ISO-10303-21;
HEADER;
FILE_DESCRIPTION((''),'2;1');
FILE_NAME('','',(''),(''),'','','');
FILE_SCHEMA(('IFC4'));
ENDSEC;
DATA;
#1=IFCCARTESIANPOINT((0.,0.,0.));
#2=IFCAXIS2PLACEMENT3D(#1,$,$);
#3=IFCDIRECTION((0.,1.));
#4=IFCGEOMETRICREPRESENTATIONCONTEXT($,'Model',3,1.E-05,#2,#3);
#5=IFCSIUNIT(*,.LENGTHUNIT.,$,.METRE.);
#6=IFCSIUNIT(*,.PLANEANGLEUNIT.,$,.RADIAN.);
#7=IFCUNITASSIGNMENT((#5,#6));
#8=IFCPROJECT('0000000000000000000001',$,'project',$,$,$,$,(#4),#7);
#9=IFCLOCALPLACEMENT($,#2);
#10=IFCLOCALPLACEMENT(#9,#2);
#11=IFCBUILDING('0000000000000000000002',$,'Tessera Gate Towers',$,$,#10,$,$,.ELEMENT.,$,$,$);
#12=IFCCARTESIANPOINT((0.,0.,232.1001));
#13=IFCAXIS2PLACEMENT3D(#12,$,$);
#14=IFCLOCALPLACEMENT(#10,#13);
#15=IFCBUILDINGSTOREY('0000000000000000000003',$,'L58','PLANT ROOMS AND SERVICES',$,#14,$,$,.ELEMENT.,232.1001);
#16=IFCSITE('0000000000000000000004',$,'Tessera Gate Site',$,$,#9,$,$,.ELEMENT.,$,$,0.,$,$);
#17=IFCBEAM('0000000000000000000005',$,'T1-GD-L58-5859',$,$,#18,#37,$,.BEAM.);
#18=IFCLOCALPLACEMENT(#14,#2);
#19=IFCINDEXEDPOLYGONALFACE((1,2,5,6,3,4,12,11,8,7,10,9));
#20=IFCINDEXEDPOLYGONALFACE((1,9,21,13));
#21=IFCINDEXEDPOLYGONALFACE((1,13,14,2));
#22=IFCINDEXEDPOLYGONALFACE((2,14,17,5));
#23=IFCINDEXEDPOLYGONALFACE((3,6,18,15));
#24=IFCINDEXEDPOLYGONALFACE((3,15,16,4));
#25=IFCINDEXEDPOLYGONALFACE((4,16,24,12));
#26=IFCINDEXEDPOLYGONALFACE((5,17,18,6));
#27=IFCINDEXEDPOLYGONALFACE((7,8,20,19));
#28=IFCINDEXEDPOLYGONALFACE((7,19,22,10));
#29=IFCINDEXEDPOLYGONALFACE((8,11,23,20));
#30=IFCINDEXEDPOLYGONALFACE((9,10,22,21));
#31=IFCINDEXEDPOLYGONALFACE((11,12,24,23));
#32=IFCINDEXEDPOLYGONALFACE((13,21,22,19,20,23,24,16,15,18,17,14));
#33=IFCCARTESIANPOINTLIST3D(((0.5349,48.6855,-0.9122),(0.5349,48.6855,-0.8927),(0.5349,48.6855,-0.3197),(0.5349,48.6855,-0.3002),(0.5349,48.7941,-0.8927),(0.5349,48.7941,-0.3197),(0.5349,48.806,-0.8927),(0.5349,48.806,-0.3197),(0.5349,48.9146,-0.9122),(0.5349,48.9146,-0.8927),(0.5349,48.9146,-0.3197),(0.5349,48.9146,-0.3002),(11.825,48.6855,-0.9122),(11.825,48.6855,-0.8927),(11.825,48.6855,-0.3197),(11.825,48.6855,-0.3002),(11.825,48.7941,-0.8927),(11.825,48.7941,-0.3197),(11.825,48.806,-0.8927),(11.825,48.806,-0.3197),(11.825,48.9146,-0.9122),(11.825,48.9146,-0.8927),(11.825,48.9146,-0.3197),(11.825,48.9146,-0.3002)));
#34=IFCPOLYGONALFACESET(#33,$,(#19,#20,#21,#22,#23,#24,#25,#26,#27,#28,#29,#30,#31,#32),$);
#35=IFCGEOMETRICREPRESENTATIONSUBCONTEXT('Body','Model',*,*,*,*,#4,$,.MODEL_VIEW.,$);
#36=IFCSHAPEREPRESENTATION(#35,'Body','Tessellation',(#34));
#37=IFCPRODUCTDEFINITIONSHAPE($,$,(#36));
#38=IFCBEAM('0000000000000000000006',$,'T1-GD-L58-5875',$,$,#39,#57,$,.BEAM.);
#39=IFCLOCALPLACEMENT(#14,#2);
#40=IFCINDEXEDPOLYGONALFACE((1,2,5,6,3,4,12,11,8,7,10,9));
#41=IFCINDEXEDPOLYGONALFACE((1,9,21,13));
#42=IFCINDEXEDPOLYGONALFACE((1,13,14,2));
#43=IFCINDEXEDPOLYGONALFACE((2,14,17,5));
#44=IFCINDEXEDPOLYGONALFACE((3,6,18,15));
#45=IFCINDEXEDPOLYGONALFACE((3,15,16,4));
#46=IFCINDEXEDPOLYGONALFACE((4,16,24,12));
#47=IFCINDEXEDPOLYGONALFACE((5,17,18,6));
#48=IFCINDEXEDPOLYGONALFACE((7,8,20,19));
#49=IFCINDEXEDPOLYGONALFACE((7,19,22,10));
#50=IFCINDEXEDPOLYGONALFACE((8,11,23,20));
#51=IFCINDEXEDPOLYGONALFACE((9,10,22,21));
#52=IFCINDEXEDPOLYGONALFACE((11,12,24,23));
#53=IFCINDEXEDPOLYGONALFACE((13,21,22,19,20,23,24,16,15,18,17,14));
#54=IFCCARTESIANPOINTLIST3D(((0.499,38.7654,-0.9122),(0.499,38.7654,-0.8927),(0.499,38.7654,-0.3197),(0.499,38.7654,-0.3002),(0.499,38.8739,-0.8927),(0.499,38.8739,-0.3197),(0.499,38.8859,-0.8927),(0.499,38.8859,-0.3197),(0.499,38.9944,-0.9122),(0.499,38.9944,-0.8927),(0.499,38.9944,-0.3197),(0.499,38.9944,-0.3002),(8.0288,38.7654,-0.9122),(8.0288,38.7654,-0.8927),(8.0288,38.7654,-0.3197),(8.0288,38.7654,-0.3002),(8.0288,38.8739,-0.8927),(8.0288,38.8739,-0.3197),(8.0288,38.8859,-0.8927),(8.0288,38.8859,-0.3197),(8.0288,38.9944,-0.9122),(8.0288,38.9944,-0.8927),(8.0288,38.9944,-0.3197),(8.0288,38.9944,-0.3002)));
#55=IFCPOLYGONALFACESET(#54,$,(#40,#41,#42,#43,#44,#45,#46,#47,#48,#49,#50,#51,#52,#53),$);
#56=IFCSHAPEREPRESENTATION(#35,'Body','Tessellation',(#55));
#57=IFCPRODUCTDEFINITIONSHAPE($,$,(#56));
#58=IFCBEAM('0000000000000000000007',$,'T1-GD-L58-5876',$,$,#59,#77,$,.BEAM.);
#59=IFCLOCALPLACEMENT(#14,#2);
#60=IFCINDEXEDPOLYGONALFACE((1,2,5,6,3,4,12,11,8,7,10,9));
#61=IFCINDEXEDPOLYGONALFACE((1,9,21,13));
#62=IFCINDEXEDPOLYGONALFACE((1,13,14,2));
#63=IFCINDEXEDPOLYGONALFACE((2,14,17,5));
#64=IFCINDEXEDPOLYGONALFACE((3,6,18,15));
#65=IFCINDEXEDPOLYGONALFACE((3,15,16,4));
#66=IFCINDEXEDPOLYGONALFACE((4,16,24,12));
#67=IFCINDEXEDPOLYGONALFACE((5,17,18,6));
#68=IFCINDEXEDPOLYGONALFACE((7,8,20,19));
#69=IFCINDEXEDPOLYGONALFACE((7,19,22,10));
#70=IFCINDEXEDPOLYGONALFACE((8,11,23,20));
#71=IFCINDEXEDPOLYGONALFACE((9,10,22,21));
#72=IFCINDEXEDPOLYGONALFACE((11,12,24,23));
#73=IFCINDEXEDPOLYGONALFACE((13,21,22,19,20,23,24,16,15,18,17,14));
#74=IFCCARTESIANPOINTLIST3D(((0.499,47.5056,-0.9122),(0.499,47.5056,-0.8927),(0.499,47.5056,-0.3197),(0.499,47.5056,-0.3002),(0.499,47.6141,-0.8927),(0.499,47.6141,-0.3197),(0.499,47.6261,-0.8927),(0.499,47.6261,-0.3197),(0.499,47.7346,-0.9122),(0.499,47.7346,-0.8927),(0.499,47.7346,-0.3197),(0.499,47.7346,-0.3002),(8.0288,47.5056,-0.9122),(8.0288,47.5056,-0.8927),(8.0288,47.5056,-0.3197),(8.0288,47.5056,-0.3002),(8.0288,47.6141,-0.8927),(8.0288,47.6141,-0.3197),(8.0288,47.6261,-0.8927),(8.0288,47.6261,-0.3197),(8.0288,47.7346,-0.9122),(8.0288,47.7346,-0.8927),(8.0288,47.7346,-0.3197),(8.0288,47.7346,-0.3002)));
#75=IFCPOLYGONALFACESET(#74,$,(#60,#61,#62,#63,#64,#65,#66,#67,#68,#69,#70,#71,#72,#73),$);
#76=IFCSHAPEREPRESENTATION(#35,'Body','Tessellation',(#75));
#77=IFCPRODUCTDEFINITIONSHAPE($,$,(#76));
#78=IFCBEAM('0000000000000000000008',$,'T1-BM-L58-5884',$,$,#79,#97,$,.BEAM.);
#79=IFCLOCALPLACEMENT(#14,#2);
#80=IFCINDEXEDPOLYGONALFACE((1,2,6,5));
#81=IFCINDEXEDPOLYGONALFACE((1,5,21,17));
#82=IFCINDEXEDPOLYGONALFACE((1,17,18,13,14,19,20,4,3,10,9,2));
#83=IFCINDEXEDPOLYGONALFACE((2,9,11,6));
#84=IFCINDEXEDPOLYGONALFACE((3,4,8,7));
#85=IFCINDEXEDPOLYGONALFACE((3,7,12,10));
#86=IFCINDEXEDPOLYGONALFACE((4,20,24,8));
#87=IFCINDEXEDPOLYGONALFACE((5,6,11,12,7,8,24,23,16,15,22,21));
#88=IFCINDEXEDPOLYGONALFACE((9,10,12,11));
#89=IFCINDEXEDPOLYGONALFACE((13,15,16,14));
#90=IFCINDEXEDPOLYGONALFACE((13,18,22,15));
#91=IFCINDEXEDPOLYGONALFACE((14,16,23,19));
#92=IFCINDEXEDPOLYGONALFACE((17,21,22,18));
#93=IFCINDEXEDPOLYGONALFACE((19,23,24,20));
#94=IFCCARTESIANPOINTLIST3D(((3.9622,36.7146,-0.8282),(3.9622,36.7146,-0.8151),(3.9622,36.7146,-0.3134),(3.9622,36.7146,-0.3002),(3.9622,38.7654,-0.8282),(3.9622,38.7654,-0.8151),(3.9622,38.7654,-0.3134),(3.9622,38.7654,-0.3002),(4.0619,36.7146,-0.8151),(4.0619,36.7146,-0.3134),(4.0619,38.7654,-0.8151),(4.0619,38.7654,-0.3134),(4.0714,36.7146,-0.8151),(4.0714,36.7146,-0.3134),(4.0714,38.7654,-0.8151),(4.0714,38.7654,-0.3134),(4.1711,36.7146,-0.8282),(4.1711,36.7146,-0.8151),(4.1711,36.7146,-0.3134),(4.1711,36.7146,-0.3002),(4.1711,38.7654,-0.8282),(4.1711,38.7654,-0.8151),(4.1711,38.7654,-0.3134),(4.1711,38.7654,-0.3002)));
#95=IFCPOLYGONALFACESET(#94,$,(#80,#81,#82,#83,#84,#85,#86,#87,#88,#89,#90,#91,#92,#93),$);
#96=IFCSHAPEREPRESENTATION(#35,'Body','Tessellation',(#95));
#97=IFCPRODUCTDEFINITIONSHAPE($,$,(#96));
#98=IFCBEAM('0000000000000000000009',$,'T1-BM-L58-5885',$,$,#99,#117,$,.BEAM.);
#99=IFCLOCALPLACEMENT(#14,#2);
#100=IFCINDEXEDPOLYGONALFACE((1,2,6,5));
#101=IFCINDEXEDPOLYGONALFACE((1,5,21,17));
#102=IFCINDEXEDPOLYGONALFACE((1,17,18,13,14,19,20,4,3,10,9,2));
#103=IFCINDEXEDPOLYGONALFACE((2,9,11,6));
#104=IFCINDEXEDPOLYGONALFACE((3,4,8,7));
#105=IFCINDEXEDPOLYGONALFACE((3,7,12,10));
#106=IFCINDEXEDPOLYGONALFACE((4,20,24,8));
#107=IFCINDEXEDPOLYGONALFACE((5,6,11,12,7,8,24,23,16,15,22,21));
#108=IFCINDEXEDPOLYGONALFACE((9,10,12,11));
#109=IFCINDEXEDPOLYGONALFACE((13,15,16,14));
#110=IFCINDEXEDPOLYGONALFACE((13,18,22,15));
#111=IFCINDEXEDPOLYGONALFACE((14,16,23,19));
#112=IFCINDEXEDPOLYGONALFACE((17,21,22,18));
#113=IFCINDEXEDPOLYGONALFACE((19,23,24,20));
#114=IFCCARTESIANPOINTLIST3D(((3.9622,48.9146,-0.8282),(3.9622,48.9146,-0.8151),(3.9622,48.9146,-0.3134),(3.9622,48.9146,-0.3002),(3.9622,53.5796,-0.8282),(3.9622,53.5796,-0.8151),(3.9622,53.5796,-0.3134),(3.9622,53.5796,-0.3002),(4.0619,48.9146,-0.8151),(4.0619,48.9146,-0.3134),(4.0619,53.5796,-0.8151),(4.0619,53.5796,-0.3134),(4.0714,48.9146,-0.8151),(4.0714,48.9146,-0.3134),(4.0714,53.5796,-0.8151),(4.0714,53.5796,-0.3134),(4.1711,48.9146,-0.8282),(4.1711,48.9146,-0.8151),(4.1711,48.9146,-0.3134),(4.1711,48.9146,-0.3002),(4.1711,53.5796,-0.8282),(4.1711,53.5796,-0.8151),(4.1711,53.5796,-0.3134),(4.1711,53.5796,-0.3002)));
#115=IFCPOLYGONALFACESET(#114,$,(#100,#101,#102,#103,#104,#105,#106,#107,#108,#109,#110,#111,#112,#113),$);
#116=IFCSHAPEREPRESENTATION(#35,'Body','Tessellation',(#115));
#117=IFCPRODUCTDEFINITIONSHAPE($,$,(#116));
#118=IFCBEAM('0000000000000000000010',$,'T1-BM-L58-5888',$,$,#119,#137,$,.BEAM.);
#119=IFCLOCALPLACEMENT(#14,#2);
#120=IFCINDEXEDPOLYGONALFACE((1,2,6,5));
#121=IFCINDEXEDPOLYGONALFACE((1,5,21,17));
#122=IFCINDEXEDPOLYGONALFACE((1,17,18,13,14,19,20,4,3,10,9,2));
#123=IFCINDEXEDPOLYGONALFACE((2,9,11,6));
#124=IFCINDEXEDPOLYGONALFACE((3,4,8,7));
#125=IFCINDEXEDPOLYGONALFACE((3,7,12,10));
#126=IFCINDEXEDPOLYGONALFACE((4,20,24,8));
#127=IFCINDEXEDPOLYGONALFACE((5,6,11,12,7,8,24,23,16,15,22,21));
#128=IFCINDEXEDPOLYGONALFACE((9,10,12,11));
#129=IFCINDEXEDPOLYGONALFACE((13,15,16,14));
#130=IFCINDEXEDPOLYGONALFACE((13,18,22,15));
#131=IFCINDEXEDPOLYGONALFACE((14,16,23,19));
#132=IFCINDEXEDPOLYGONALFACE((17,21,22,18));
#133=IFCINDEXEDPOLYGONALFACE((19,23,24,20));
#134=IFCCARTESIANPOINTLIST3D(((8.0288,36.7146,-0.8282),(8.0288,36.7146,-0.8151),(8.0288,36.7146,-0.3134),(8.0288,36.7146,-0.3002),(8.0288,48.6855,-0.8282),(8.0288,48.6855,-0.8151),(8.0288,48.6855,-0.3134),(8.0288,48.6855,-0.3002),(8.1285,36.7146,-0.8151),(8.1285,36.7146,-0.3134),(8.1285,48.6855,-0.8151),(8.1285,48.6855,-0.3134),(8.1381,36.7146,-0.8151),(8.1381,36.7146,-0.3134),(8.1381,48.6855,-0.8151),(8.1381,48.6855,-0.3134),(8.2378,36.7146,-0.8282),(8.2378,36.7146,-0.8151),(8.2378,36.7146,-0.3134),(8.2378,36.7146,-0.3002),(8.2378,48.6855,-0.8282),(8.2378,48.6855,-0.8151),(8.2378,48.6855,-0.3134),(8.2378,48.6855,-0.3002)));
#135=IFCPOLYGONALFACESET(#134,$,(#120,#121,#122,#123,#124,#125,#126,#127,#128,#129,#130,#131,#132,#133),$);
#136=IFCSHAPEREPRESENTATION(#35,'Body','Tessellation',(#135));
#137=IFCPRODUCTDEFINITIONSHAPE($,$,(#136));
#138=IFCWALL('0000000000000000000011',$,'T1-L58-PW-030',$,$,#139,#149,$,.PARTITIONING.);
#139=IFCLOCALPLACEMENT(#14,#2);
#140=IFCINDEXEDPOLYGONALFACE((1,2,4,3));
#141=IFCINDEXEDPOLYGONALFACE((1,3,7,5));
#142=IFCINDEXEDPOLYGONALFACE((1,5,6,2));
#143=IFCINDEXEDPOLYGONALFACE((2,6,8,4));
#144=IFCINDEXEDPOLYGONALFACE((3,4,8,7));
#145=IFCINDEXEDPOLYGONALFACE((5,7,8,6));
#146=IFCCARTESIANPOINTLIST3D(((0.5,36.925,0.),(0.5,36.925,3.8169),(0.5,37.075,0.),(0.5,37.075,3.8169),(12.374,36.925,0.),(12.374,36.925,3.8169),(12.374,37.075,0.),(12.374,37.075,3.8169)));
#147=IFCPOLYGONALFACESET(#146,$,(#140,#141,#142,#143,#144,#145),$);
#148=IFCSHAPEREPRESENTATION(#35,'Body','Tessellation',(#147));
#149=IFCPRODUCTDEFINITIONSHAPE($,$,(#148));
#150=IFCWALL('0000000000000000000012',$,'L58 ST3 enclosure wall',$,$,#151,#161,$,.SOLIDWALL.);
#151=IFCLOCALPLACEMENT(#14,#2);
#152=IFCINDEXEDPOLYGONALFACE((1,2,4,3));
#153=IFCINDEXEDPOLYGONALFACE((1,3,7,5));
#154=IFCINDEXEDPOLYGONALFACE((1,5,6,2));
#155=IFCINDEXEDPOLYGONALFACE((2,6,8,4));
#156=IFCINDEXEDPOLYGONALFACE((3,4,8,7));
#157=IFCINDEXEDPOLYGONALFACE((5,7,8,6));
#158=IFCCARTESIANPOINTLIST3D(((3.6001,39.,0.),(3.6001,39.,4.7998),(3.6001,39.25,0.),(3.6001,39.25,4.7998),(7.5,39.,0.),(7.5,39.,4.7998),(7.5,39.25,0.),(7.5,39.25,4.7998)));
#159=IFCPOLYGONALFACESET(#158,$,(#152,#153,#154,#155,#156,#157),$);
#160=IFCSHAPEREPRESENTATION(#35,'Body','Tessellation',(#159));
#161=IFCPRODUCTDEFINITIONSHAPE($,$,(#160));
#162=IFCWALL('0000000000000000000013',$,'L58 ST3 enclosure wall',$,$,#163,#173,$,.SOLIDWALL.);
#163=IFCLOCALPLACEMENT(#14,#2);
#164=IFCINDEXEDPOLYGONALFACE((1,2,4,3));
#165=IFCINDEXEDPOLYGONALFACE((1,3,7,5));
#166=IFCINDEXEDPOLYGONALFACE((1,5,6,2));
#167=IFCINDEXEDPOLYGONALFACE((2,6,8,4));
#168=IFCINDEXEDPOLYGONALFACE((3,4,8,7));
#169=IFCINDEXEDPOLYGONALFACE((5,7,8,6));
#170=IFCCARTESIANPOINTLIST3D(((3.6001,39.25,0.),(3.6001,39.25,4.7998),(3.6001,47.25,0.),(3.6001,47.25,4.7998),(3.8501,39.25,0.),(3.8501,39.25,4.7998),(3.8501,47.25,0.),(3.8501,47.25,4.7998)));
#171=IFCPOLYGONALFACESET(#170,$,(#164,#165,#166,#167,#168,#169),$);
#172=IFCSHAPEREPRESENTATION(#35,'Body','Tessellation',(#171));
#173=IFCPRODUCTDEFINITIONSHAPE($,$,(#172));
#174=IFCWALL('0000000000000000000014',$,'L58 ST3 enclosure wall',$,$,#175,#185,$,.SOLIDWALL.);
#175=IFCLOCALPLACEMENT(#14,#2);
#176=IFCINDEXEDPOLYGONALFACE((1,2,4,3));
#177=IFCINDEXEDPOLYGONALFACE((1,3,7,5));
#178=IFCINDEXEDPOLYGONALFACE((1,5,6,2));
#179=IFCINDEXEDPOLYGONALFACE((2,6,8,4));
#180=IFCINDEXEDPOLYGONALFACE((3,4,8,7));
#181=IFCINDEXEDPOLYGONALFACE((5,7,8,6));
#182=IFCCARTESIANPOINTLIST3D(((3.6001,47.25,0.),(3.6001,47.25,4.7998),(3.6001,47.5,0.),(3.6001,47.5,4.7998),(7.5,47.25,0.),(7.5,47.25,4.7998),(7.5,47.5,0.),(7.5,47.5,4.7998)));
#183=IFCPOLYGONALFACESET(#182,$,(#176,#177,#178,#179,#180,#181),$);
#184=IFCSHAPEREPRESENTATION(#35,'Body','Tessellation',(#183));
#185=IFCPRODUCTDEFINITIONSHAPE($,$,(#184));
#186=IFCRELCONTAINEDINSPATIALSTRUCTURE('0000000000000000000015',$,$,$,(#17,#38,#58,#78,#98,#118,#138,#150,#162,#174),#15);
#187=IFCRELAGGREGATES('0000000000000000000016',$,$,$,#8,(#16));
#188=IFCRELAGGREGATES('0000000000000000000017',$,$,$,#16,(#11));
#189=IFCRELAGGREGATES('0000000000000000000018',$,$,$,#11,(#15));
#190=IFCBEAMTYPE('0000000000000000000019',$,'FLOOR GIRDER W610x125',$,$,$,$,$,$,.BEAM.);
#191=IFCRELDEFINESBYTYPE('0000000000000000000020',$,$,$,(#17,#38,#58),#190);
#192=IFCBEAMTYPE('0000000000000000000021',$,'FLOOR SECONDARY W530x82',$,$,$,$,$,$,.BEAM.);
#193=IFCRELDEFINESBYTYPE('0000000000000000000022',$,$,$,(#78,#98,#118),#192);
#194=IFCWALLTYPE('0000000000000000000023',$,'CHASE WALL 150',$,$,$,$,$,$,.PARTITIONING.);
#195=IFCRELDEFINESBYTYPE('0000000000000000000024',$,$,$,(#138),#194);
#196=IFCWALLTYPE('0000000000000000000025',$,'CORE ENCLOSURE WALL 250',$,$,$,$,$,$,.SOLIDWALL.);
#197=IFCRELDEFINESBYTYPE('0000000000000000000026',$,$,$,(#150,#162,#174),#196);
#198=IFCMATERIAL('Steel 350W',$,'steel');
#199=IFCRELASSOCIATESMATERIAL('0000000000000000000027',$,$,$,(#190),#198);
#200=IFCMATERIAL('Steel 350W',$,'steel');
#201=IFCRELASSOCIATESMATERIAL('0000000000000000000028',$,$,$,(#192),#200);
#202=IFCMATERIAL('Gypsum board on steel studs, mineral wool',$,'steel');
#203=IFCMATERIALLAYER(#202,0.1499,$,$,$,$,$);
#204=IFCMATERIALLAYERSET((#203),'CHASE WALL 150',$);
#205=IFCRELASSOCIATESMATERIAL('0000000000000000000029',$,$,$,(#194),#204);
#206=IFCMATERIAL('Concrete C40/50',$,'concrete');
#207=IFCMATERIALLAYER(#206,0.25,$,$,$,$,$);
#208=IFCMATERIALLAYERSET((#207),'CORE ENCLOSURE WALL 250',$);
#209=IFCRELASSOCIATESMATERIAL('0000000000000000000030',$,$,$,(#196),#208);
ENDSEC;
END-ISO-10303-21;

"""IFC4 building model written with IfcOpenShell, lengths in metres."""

from ifc_helpers import new_model, si_unit, direction, frame, frame_2d, origin, origin_2d, place, context, subcontext, project, spatial, rectangle, i_section, extrude, material, layer, layer_set, material_profile, profile_set, type_object, element, save


model = new_model("IFC4")

# Units and contexts
model_context = context("Model", 3, precision=1e-05, world=origin(), true_north=direction((0.0, 1.0)))
body_context = subcontext(model_context, "Body", "Model", "MODEL_VIEW")
ifc_project = project(units=[si_unit("LENGTHUNIT", "METRE"), si_unit("PLANEANGLEUNIT", "RADIAN")], contexts=[model_context])

# Site, building, storey
site_placement = place(None, origin())
site = spatial("IfcSite", under=ifc_project, at=site_placement, Name="Tessera Gate Site", CompositionType="ELEMENT", RefElevation=0.0)
building_placement = place(site_placement, origin())
building = spatial("IfcBuilding", under=site, at=building_placement, Name="Tessera Gate Towers", CompositionType="ELEMENT")
storey_placement = place(building_placement, frame((0.0, 0.0, 232.1001)))
storey = spatial("IfcBuildingStorey", under=building, at=storey_placement, Name="L58", Description="PLANT ROOMS AND SERVICES", CompositionType="ELEMENT", Elevation=232.1001)

# Beams
ifc_material_1 = material(Name="Steel 350W", Category="steel")
ifc_material_profile_1 = material_profile(ifc_material_1, i_section(OverallWidth=0.229, OverallDepth=0.6121, WebThickness=0.012, FlangeThickness=0.0195, at=origin_2d()), Name="W610x125")
ifc_profile_set_1 = profile_set([ifc_material_profile_1], Name="Steel 350W")
beam_type_1 = type_object("IfcBeamType", Name="FLOOR GIRDER W610x125", PredefinedType="BEAM", material=ifc_profile_set_1)
beam_1_placement = place(storey_placement, frame((0.5349, 48.8, -0.6062), z_axis=(1.0, 0.0, 0.0), x_axis=(0.0, 1.0, 0.0)))
element("IfcBeam", 1, at=beam_1_placement, inside=storey, type_object=beam_type_1, Name="T1-GD-L58-5859", PredefinedType="BEAM", context=body_context, shape_type="SweptSolid", body=[
    extrude(i_section(OverallWidth=0.229, OverallDepth=0.6121, WebThickness=0.012, FlangeThickness=0.0195, at=origin_2d()), origin(), (0.0, 0.0, 1.0), 11.29),
])
for number, where, z_axis, x_axis, name in (
    (2, (0.499, 38.8799, -0.6062), (1.0, 0.0, 0.0), (0.0, 1.0, 0.0), "T1-GD-L58-5875"),
    (3, (0.499, 47.6201, -0.6062), (1.0, 0.0, 0.0), (0.0, 1.0, 0.0), "T1-GD-L58-5876"),
):
    element("IfcBeam", number, at=place(storey_placement, frame(where, z_axis=z_axis, x_axis=x_axis)), inside=storey, type_object=beam_type_1, Name=name, PredefinedType="BEAM", context=body_context, shape_type="SweptSolid", body=[
        extrude(i_section(OverallWidth=0.229, OverallDepth=0.6121, WebThickness=0.012, FlangeThickness=0.0195, at=origin_2d()), origin(), (0.0, 0.0, 1.0), 7.5298),
    ])
ifc_material_2 = material(Name="Steel 350W", Category="steel")
ifc_material_profile_2 = material_profile(ifc_material_2, i_section(OverallWidth=0.209, OverallDepth=0.5281, WebThickness=0.0095, FlangeThickness=0.0132, at=origin_2d()), Name="W530x82")
ifc_profile_set_2 = profile_set([ifc_material_profile_2], Name="Steel 350W")
beam_type_2 = type_object("IfcBeamType", Name="FLOOR SECONDARY W530x82", PredefinedType="BEAM", material=ifc_profile_set_2)
beam_2_placement = place(storey_placement, frame((4.0667, 36.7146, -0.5642), z_axis=(0.0, 1.0, 0.0), x_axis=(-1.0, 0.0, 0.0)))
element("IfcBeam", 4, at=beam_2_placement, inside=storey, type_object=beam_type_2, Name="T1-BM-L58-5884", PredefinedType="BEAM", context=body_context, shape_type="SweptSolid", body=[
    extrude(i_section(OverallWidth=0.209, OverallDepth=0.5281, WebThickness=0.0095, FlangeThickness=0.0132, at=origin_2d()), origin(), (0.0, 0.0, 1.0), 2.0508),
])
beam_3_placement = place(storey_placement, frame((4.0667, 48.9146, -0.5642), z_axis=(0.0, 1.0, 0.0), x_axis=(-1.0, 0.0, 0.0)))
element("IfcBeam", 5, at=beam_3_placement, inside=storey, type_object=beam_type_2, Name="T1-BM-L58-5885", PredefinedType="BEAM", context=body_context, shape_type="SweptSolid", body=[
    extrude(i_section(OverallWidth=0.209, OverallDepth=0.5281, WebThickness=0.0095, FlangeThickness=0.0132, at=origin_2d()), origin(), (0.0, 0.0, 1.0), 4.665),
])
beam_4_placement = place(storey_placement, frame((8.1333, 36.7146, -0.5642), z_axis=(0.0, 1.0, 0.0), x_axis=(-1.0, 0.0, 0.0)))
element("IfcBeam", 6, at=beam_4_placement, inside=storey, type_object=beam_type_2, Name="T1-BM-L58-5888", PredefinedType="BEAM", context=body_context, shape_type="SweptSolid", body=[
    extrude(i_section(OverallWidth=0.209, OverallDepth=0.5281, WebThickness=0.0095, FlangeThickness=0.0132, at=origin_2d()), origin(), (0.0, 0.0, 1.0), 11.9709),
])

# Walls
ifc_material_3 = material(Name="Gypsum board on steel studs, mineral wool", Category="steel")
ifc_layer_1 = layer(ifc_material_3, 0.1499)
ifc_layer_set_1 = layer_set([ifc_layer_1], Name="CHASE WALL 150")
wall_type_1 = type_object("IfcWallType", Name="CHASE WALL 150", PredefinedType="PARTITIONING", material=ifc_layer_set_1)
wall_1_placement = place(storey_placement, frame((0.5, 37.0, 0.0), z_axis=(0.0, 0.0, 1.0), x_axis=(1.0, 0.0, 0.0)))
element("IfcWall", 7, at=wall_1_placement, inside=storey, type_object=wall_type_1, Name="T1-L58-PW-030", PredefinedType="PARTITIONING", context=body_context, shape_type="SweptSolid", body=[
    extrude(rectangle(XDim=11.874, YDim=0.1499, at=frame_2d((5.937, 0.0))), origin(), (0.0, 0.0, 1.0), 3.8169),
])
ifc_material_4 = material(Name="Concrete C40/50", Category="concrete")
ifc_layer_2 = layer(ifc_material_4, 0.25)
ifc_layer_set_2 = layer_set([ifc_layer_2], Name="CORE ENCLOSURE WALL 250")
wall_type_2 = type_object("IfcWallType", Name="CORE ENCLOSURE WALL 250", PredefinedType="SOLIDWALL", material=ifc_layer_set_2)
wall_2_placement = place(storey_placement, frame((7.5, 39.125, 0.0), z_axis=(0.0, 0.0, 1.0), x_axis=(-1.0, 0.0, 0.0)))
element("IfcWall", 8, at=wall_2_placement, inside=storey, type_object=wall_type_2, Name="L58 ST3 enclosure wall", PredefinedType="SOLIDWALL", context=body_context, shape_type="SweptSolid", body=[
    extrude(rectangle(XDim=3.8999, YDim=0.25, at=frame_2d((1.95, 0.0))), origin(), (0.0, 0.0, 1.0), 4.7998),
])
wall_3_placement = place(storey_placement, frame((3.7251, 39.25, 0.0), z_axis=(0.0, 0.0, 1.0), x_axis=(0.0, 1.0, 0.0)))
element("IfcWall", 9, at=wall_3_placement, inside=storey, type_object=wall_type_2, Name="L58 ST3 enclosure wall", PredefinedType="SOLIDWALL", context=body_context, shape_type="SweptSolid", body=[
    extrude(rectangle(XDim=8.0, YDim=0.25, at=frame_2d((4.0, 0.0))), origin(), (0.0, 0.0, 1.0), 4.7998),
])
wall_4_placement = place(storey_placement, frame((3.6001, 47.375, 0.0), z_axis=(0.0, 0.0, 1.0), x_axis=(1.0, 0.0, 0.0)))
element("IfcWall", 10, at=wall_4_placement, inside=storey, type_object=wall_type_2, Name="L58 ST3 enclosure wall", PredefinedType="SOLIDWALL", context=body_context, shape_type="SweptSolid", body=[
    extrude(rectangle(XDim=3.8999, YDim=0.25, at=frame_2d((1.95, 0.0))), origin(), (0.0, 0.0, 1.0), 4.7998),
])

save(model, "model.ifc")
